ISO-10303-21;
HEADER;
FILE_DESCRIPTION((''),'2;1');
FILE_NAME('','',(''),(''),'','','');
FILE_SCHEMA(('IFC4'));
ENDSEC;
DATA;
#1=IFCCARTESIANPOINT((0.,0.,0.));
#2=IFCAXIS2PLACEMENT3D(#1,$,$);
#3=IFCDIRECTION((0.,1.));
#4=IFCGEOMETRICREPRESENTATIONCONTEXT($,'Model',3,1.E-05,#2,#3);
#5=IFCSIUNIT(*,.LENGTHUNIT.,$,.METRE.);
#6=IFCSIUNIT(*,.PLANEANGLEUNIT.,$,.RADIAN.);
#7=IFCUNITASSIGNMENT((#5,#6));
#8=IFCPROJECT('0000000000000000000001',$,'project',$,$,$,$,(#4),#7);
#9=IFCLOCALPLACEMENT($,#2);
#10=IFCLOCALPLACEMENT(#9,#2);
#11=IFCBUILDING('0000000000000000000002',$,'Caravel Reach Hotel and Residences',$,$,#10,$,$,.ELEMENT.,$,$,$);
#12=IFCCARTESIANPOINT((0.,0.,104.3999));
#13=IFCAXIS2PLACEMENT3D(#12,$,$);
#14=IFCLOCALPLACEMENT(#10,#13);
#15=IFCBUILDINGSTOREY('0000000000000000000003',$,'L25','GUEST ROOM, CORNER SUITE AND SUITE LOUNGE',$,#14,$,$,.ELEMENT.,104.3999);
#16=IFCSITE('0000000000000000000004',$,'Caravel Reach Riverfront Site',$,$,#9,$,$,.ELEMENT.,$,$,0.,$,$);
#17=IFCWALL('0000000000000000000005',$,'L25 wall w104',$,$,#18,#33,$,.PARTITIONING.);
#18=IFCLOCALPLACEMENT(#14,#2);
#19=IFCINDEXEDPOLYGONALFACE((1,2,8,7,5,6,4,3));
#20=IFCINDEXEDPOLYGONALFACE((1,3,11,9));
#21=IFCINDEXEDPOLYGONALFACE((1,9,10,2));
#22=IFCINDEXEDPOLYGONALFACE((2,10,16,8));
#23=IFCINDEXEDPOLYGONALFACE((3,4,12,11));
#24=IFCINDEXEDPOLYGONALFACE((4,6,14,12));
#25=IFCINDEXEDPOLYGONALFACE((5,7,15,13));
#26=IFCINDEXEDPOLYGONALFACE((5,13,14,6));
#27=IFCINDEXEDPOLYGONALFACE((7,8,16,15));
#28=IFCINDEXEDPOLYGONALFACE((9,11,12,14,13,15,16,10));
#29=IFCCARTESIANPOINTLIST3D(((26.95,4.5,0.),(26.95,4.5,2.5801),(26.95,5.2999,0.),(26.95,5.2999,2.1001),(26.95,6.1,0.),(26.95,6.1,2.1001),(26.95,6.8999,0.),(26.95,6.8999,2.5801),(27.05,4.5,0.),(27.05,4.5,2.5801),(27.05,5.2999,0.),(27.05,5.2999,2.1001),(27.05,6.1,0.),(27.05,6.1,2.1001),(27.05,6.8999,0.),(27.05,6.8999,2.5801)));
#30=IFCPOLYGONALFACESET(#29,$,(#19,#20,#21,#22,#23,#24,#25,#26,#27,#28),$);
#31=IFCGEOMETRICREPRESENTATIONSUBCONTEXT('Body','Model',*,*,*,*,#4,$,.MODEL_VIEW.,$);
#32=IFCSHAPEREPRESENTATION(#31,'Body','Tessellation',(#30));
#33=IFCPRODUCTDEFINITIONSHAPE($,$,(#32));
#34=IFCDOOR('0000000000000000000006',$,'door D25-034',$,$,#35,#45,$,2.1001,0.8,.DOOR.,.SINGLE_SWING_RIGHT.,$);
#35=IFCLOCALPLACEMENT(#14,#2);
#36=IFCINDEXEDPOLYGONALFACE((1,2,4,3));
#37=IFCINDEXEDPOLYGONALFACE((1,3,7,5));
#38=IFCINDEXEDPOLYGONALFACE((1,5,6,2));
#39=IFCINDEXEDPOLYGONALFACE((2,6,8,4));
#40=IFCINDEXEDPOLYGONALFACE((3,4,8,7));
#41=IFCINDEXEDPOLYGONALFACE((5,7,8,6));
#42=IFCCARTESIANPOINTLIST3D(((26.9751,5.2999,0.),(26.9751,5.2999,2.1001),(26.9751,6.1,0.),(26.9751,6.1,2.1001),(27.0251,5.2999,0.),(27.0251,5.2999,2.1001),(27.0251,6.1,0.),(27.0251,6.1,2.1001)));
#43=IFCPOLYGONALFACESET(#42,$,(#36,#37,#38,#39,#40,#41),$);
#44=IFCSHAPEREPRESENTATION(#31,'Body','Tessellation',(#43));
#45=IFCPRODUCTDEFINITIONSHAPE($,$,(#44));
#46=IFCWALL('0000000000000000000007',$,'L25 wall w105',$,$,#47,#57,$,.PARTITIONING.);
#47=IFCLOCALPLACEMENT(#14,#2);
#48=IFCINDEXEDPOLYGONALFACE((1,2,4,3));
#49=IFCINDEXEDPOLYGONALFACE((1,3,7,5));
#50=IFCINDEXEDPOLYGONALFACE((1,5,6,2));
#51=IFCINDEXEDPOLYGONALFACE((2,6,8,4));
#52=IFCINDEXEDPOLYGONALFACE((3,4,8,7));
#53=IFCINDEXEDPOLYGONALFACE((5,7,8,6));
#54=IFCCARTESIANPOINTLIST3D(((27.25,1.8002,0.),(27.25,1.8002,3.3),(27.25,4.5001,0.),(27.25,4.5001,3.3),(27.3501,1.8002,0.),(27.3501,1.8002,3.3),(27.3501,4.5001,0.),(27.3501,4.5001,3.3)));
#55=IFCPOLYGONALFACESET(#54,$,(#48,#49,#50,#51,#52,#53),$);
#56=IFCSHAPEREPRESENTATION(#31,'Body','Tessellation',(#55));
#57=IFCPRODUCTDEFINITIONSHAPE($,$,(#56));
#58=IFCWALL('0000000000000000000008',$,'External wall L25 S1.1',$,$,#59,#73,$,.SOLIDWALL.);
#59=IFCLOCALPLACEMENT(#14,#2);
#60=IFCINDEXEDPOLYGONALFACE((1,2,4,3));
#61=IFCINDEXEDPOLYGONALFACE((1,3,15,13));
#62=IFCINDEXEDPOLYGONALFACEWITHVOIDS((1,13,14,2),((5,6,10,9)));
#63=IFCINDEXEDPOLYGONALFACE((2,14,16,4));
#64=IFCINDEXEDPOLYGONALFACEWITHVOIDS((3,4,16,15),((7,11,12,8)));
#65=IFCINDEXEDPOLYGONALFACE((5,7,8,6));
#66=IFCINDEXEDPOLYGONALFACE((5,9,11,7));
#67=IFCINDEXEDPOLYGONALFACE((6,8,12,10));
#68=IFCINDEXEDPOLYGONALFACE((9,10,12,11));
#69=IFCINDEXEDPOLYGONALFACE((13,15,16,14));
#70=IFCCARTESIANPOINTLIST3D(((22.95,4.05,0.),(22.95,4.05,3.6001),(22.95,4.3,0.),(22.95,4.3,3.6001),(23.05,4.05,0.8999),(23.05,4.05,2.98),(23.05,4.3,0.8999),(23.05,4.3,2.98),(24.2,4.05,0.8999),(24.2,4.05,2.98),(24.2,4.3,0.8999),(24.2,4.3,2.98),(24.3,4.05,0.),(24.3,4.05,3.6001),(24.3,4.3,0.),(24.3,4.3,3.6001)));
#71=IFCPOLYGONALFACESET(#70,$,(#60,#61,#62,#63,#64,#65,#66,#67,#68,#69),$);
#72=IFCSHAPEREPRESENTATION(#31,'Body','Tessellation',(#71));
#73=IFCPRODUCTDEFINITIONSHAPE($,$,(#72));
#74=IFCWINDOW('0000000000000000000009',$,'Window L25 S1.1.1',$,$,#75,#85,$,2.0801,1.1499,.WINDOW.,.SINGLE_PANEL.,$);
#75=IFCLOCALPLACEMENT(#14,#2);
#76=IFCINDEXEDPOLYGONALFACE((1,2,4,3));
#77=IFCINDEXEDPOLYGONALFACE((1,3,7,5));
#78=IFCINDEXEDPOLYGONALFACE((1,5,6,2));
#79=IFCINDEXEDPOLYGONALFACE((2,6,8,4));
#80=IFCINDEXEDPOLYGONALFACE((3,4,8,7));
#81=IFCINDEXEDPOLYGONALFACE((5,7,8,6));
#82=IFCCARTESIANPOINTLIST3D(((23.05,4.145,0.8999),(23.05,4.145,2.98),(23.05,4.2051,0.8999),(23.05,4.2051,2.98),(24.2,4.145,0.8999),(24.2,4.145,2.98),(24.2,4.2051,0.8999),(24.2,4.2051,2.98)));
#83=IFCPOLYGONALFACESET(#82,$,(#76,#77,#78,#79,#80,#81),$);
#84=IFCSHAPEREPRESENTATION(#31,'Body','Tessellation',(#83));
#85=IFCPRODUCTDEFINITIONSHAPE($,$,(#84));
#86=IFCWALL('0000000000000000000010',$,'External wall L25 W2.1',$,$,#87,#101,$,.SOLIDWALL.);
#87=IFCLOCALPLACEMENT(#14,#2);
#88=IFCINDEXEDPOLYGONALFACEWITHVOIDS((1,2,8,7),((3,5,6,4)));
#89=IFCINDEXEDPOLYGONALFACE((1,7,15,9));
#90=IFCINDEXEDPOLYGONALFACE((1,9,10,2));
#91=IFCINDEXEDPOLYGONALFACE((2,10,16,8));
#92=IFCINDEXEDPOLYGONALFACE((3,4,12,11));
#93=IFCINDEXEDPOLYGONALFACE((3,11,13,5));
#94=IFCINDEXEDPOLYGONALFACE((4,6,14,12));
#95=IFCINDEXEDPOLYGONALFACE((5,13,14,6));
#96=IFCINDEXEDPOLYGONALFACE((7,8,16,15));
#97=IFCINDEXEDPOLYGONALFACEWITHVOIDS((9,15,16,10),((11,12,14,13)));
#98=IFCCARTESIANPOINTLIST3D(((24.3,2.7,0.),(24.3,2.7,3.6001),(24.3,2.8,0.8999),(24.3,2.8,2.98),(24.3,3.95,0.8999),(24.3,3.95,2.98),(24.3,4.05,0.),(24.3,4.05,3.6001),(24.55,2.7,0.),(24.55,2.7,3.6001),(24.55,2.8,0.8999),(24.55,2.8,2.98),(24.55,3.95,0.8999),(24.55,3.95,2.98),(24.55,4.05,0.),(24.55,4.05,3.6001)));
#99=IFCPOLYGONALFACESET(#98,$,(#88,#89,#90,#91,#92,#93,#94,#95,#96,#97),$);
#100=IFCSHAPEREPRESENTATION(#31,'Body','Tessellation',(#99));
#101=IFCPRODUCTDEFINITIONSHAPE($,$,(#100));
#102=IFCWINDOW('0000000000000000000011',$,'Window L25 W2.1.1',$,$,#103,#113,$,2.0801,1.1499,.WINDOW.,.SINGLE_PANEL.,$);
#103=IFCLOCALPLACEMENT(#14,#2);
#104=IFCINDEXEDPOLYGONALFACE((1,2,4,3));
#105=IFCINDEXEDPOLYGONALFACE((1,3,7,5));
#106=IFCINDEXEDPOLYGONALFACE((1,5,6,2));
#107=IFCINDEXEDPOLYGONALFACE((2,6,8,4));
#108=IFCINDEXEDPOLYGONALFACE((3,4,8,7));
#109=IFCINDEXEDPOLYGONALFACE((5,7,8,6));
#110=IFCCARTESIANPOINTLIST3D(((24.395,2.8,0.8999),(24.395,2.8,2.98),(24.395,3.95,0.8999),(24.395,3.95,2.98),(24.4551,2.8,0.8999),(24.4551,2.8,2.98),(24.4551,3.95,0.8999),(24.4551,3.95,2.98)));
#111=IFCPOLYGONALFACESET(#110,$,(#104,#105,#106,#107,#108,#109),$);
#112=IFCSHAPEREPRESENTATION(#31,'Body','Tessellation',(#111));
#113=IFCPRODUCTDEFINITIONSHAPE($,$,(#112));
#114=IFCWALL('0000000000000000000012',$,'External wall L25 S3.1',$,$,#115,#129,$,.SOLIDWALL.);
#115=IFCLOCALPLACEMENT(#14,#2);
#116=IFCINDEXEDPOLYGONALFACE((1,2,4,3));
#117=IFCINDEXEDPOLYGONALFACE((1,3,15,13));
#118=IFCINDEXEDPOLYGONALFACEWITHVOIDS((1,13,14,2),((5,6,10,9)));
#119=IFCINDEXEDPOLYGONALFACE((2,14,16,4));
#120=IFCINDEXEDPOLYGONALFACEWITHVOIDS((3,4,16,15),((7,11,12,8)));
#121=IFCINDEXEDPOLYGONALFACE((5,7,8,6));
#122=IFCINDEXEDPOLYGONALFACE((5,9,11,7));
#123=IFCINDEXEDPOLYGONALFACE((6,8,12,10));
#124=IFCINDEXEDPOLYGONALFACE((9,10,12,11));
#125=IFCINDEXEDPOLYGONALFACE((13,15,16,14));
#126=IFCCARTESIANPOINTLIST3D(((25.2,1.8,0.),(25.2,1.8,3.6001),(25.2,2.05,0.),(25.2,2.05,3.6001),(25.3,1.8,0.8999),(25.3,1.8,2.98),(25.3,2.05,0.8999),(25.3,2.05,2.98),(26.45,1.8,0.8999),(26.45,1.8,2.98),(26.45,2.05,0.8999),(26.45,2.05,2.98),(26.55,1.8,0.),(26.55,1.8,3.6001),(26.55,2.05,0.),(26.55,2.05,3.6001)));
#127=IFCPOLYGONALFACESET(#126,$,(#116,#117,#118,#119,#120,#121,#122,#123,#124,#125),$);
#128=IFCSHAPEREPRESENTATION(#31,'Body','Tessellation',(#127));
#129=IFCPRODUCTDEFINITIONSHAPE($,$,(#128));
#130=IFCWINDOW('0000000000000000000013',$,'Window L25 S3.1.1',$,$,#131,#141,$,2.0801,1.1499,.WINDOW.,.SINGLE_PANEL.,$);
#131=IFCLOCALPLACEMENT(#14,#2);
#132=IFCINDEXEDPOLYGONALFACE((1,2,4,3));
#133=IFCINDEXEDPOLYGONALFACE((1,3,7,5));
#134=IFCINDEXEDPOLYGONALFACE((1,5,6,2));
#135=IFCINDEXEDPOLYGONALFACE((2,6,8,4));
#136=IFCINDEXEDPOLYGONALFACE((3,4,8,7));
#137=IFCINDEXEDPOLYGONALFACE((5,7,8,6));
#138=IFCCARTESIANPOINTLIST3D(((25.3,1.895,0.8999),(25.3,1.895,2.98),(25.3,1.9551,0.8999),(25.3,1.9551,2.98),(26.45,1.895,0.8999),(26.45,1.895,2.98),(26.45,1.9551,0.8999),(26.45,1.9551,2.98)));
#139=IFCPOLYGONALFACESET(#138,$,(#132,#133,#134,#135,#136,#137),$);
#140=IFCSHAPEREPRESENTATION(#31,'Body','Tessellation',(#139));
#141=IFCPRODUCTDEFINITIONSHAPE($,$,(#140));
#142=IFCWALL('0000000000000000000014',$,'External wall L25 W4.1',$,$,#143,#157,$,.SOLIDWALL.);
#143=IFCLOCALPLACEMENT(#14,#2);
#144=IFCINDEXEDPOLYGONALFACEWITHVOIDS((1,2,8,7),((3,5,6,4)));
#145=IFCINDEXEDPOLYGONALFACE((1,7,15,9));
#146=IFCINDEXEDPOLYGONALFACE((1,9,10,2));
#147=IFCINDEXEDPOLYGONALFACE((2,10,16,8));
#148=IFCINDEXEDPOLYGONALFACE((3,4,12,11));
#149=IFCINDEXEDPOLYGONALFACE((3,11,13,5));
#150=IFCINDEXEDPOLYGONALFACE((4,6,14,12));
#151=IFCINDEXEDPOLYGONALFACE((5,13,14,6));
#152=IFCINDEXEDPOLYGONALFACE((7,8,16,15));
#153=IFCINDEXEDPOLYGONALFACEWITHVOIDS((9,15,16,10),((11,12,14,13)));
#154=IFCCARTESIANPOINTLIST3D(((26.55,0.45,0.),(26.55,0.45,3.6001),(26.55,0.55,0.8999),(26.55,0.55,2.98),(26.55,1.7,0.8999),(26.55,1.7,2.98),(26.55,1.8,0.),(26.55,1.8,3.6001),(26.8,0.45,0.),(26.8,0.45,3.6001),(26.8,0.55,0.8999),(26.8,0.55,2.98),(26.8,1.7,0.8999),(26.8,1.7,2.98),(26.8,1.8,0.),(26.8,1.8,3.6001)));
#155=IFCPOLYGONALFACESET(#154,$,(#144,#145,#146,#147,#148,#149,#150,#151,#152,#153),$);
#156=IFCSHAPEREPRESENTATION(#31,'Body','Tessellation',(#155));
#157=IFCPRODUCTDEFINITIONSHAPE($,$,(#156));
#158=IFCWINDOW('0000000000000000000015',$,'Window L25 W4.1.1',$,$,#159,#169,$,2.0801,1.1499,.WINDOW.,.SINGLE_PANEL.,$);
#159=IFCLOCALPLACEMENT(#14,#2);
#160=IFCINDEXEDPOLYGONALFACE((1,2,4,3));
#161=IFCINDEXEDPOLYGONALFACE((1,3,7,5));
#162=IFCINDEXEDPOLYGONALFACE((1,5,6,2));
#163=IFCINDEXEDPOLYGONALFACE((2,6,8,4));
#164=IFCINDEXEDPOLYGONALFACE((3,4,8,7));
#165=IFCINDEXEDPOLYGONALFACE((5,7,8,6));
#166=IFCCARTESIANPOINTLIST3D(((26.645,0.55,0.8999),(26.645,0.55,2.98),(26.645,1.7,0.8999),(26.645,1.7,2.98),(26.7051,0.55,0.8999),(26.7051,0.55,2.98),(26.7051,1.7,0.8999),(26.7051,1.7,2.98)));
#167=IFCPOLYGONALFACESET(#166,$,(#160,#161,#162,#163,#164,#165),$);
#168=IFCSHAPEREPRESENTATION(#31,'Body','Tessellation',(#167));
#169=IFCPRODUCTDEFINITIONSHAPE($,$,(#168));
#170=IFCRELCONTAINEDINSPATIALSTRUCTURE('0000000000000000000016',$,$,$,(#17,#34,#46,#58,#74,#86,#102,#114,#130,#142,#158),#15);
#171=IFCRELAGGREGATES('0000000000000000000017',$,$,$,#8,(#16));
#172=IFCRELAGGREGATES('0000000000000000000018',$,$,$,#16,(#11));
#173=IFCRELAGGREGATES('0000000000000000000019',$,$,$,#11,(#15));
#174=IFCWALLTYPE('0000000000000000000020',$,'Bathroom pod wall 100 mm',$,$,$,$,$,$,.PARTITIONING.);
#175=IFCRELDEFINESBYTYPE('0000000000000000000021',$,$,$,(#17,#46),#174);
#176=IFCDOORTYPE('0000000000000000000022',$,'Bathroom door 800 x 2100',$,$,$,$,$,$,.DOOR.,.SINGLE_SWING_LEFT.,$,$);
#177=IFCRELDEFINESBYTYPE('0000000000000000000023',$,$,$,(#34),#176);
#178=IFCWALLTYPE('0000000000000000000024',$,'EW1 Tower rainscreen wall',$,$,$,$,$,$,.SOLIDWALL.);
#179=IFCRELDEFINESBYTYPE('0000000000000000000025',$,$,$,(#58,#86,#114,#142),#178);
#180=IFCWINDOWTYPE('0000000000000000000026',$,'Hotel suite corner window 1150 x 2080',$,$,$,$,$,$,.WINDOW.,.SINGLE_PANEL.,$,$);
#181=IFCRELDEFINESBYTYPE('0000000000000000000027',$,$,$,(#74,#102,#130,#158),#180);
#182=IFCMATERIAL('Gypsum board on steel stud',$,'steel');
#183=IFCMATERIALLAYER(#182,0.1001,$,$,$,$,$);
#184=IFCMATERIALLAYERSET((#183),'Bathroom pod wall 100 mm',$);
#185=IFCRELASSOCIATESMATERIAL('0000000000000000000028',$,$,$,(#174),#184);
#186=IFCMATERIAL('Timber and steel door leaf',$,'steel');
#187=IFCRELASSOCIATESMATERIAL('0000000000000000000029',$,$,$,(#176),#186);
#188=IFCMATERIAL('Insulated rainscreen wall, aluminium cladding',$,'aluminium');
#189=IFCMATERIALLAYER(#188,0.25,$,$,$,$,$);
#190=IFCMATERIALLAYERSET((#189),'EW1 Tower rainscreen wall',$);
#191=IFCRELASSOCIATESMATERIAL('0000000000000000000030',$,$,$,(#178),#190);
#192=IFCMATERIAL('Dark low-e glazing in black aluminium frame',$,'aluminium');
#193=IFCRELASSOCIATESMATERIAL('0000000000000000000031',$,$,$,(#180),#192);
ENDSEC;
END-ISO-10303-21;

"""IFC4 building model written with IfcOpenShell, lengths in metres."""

from ifc_helpers import new_model, si_unit, direction, frame, frame_2d, origin, place, context, subcontext, project, spatial, rectangle, extrude, material, layer, layer_set, type_object, element, fill, save


model = new_model("IFC4")

# Units and contexts
model_context = context("Model", 3, precision=1e-05, world=origin(), true_north=direction((0.0, 1.0)))
body_context = subcontext(model_context, "Body", "Model", "MODEL_VIEW")
ifc_project = project(units=[si_unit("LENGTHUNIT", "METRE"), si_unit("PLANEANGLEUNIT", "RADIAN")], contexts=[model_context])

# Site, building, storey
site_placement = place(None, origin())
site = spatial("IfcSite", under=ifc_project, at=site_placement, Name="Caravel Reach Riverfront Site", CompositionType="ELEMENT", RefElevation=0.0)
building_placement = place(site_placement, origin())
building = spatial("IfcBuilding", under=site, at=building_placement, Name="Caravel Reach Hotel and Residences", CompositionType="ELEMENT")
storey_placement = place(building_placement, frame((0.0, 0.0, 104.3999)))
storey = spatial("IfcBuildingStorey", under=building, at=storey_placement, Name="L25", Description="GUEST ROOM, CORNER SUITE AND SUITE LOUNGE", CompositionType="ELEMENT", Elevation=104.3999)

# Shared definitions
ifc_material_1 = material(Name="Gypsum board on steel stud", Category="steel")
ifc_layer_1 = layer(ifc_material_1, 0.1001)
ifc_layer_set_1 = layer_set([ifc_layer_1], Name="Bathroom pod wall 100 mm")
wall_type_1 = type_object("IfcWallType", Name="Bathroom pod wall 100 mm", PredefinedType="PARTITIONING", material=ifc_layer_set_1)
ifc_material_2 = material(Name="Timber and steel door leaf", Category="steel")
door_type_1 = type_object("IfcDoorType", Name="Bathroom door 800 x 2100", OperationType="SINGLE_SWING_LEFT", PredefinedType="DOOR", material=ifc_material_2)

# Wall, opening, door
wall_1_placement = place(storey_placement, frame((27.0, 4.5, 0.0), z_axis=(0.0, 0.0, 1.0), x_axis=(0.0, 1.0, 0.0)))
wall_1 = element("IfcWall", 1, at=wall_1_placement, inside=storey, type_object=wall_type_1, Name="L25 wall w104", PredefinedType="PARTITIONING", context=body_context, shape_type="SweptSolid", body=[
    extrude(rectangle(XDim=2.3999, YDim=0.1001, at=frame_2d((1.2, 0.0))), origin(), (0.0, 0.0, 1.0), 2.5801),
])
opening_1_placement = place(wall_1_placement, frame((0.8, 0.0, 0.0)))
opening_1 = element("IfcOpeningElement", 2, at=opening_1_placement, cuts=wall_1, PredefinedType="OPENING", context=body_context, shape_type="SweptSolid", body=[
    extrude(rectangle(XDim=0.8, YDim=2.1001, at=frame_2d((0.3999, 1.05))), frame((0.0, 0.0601, 0.0), z_axis=(0.0, -1.0, 0.0), x_axis=(1.0, 0.0, 0.0)), (0.0, 0.0, 1.0), 0.1201),
])
door_1_placement = place(opening_1_placement, origin())
door_1 = element("IfcDoor", 3, at=door_1_placement, inside=storey, type_object=door_type_1, Name="door D25-034", OperationType="SINGLE_SWING_RIGHT", OverallHeight=2.1001, OverallWidth=0.8, PredefinedType="DOOR", context=body_context, shape_type="SweptSolid", body=[
    extrude(rectangle(XDim=0.8, YDim=2.1001, at=frame_2d((0.3999, 1.05))), frame((0.0, 0.0249, 0.0), z_axis=(0.0, -1.0, 0.0), x_axis=(1.0, 0.0, 0.0)), (0.0, 0.0, 1.0), 0.05),
])
fill(opening_1, door_1)

# Wall
wall_2_placement = place(storey_placement, frame((27.3, 1.8, 0.0), z_axis=(0.0, 0.0, 1.0), x_axis=(0.0, 1.0, 0.0)))
element("IfcWall", 4, at=wall_2_placement, inside=storey, type_object=wall_type_1, Name="L25 wall w105", PredefinedType="PARTITIONING", context=body_context, shape_type="SweptSolid", body=[
    extrude(rectangle(XDim=2.7, YDim=0.1001, at=frame_2d((1.3501, 0.0))), origin(), (0.0, 0.0, 1.0), 3.3),
])

# Walls, openings, windows
ifc_material_3 = material(Name="Insulated rainscreen wall, aluminium cladding", Category="aluminium")
ifc_layer_2 = layer(ifc_material_3, 0.25)
ifc_layer_set_2 = layer_set([ifc_layer_2], Name="EW1 Tower rainscreen wall")
wall_type_2 = type_object("IfcWallType", Name="EW1 Tower rainscreen wall", PredefinedType="SOLIDWALL", material=ifc_layer_set_2)
wall_3_placement = place(storey_placement, frame((22.95, 4.175, 0.0), z_axis=(0.0, 0.0, 1.0), x_axis=(1.0, 0.0, 0.0)))
wall_3 = element("IfcWall", 5, at=wall_3_placement, inside=storey, type_object=wall_type_2, Name="External wall L25 S1.1", PredefinedType="SOLIDWALL", context=body_context, shape_type="SweptSolid", body=[
    extrude(rectangle(XDim=1.3501, YDim=0.25, at=frame_2d((0.675, 0.0))), origin(), (0.0, 0.0, 1.0), 3.6001),
])
opening_2_placement = place(wall_3_placement, frame((0.1001, 0.0, 0.8999)))
opening_2 = element("IfcOpeningElement", 6, at=opening_2_placement, cuts=wall_3, PredefinedType="OPENING", context=body_context, shape_type="SweptSolid", body=[
    extrude(rectangle(XDim=1.1499, YDim=2.0801, at=frame_2d((0.575, 1.04))), frame((0.0, 0.135, 0.0), z_axis=(0.0, -1.0, 0.0), x_axis=(1.0, 0.0, 0.0)), (0.0, 0.0, 1.0), 0.27),
])
ifc_material_4 = material(Name="Dark low-e glazing in black aluminium frame", Category="aluminium")
window_type_1 = type_object("IfcWindowType", Name="Hotel suite corner window 1150 x 2080", PartitioningType="SINGLE_PANEL", PredefinedType="WINDOW", material=ifc_material_4)
window_1_placement = place(opening_2_placement, origin())
window_1 = element("IfcWindow", 7, at=window_1_placement, inside=storey, type_object=window_type_1, Name="Window L25 S1.1.1", OverallHeight=2.0801, OverallWidth=1.1499, PartitioningType="SINGLE_PANEL", PredefinedType="WINDOW", context=body_context, shape_type="SweptSolid", body=[
    extrude(rectangle(XDim=1.1499, YDim=2.0801, at=frame_2d((0.575, 1.04))), frame((0.0, 0.03, 0.0), z_axis=(0.0, -1.0, 0.0), x_axis=(1.0, 0.0, 0.0)), (0.0, 0.0, 1.0), 0.0601),
])
fill(opening_2, window_1)
wall_4_placement = place(storey_placement, frame((24.425, 4.05, 0.0), z_axis=(0.0, 0.0, 1.0), x_axis=(0.0, -1.0, 0.0)))
wall_4 = element("IfcWall", 8, at=wall_4_placement, inside=storey, type_object=wall_type_2, Name="External wall L25 W2.1", PredefinedType="SOLIDWALL", context=body_context, shape_type="SweptSolid", body=[
    extrude(rectangle(XDim=1.3501, YDim=0.25, at=frame_2d((0.675, 0.0))), origin(), (0.0, 0.0, 1.0), 3.6001),
])
opening_3_placement = place(wall_4_placement, frame((0.1001, 0.0, 0.8999)))
opening_3 = element("IfcOpeningElement", 9, at=opening_3_placement, cuts=wall_4, PredefinedType="OPENING", context=body_context, shape_type="SweptSolid", body=[
    extrude(rectangle(XDim=1.1499, YDim=2.0801, at=frame_2d((0.575, 1.04))), frame((0.0, 0.135, 0.0), z_axis=(0.0, -1.0, 0.0), x_axis=(1.0, 0.0, 0.0)), (0.0, 0.0, 1.0), 0.27),
])
window_2_placement = place(opening_3_placement, origin())
window_2 = element("IfcWindow", 10, at=window_2_placement, inside=storey, type_object=window_type_1, Name="Window L25 W2.1.1", OverallHeight=2.0801, OverallWidth=1.1499, PartitioningType="SINGLE_PANEL", PredefinedType="WINDOW", context=body_context, shape_type="SweptSolid", body=[
    extrude(rectangle(XDim=1.1499, YDim=2.0801, at=frame_2d((0.575, 1.04))), frame((0.0, 0.03, 0.0), z_axis=(0.0, -1.0, 0.0), x_axis=(1.0, 0.0, 0.0)), (0.0, 0.0, 1.0), 0.0601),
])
fill(opening_3, window_2)
wall_5_placement = place(storey_placement, frame((25.2, 1.925, 0.0), z_axis=(0.0, 0.0, 1.0), x_axis=(1.0, 0.0, 0.0)))
wall_5 = element("IfcWall", 11, at=wall_5_placement, inside=storey, type_object=wall_type_2, Name="External wall L25 S3.1", PredefinedType="SOLIDWALL", context=body_context, shape_type="SweptSolid", body=[
    extrude(rectangle(XDim=1.3501, YDim=0.25, at=frame_2d((0.675, 0.0))), origin(), (0.0, 0.0, 1.0), 3.6001),
])
opening_4_placement = place(wall_5_placement, frame((0.1001, 0.0, 0.8999)))
opening_4 = element("IfcOpeningElement", 12, at=opening_4_placement, cuts=wall_5, PredefinedType="OPENING", context=body_context, shape_type="SweptSolid", body=[
    extrude(rectangle(XDim=1.1499, YDim=2.0801, at=frame_2d((0.575, 1.04))), frame((0.0, 0.135, 0.0), z_axis=(0.0, -1.0, 0.0), x_axis=(1.0, 0.0, 0.0)), (0.0, 0.0, 1.0), 0.27),
])
window_3_placement = place(opening_4_placement, origin())
window_3 = element("IfcWindow", 13, at=window_3_placement, inside=storey, type_object=window_type_1, Name="Window L25 S3.1.1", OverallHeight=2.0801, OverallWidth=1.1499, PartitioningType="SINGLE_PANEL", PredefinedType="WINDOW", context=body_context, shape_type="SweptSolid", body=[
    extrude(rectangle(XDim=1.1499, YDim=2.0801, at=frame_2d((0.575, 1.04))), frame((0.0, 0.03, 0.0), z_axis=(0.0, -1.0, 0.0), x_axis=(1.0, 0.0, 0.0)), (0.0, 0.0, 1.0), 0.0601),
])
fill(opening_4, window_3)
wall_6_placement = place(storey_placement, frame((26.675, 1.8, 0.0), z_axis=(0.0, 0.0, 1.0), x_axis=(0.0, -1.0, 0.0)))
wall_6 = element("IfcWall", 14, at=wall_6_placement, inside=storey, type_object=wall_type_2, Name="External wall L25 W4.1", PredefinedType="SOLIDWALL", context=body_context, shape_type="SweptSolid", body=[
    extrude(rectangle(XDim=1.3501, YDim=0.25, at=frame_2d((0.675, 0.0))), origin(), (0.0, 0.0, 1.0), 3.6001),
])
opening_5_placement = place(wall_6_placement, frame((0.1001, 0.0, 0.8999)))
opening_5 = element("IfcOpeningElement", 15, at=opening_5_placement, cuts=wall_6, PredefinedType="OPENING", context=body_context, shape_type="SweptSolid", body=[
    extrude(rectangle(XDim=1.1499, YDim=2.0801, at=frame_2d((0.575, 1.04))), frame((0.0, 0.135, 0.0), z_axis=(0.0, -1.0, 0.0), x_axis=(1.0, 0.0, 0.0)), (0.0, 0.0, 1.0), 0.27),
])
window_4_placement = place(opening_5_placement, origin())
window_4 = element("IfcWindow", 16, at=window_4_placement, inside=storey, type_object=window_type_1, Name="Window L25 W4.1.1", OverallHeight=2.0801, OverallWidth=1.1499, PartitioningType="SINGLE_PANEL", PredefinedType="WINDOW", context=body_context, shape_type="SweptSolid", body=[
    extrude(rectangle(XDim=1.1499, YDim=2.0801, at=frame_2d((0.575, 1.04))), frame((0.0, 0.03, 0.0), z_axis=(0.0, -1.0, 0.0), x_axis=(1.0, 0.0, 0.0)), (0.0, 0.0, 1.0), 0.0601),
])
fill(opening_5, window_4)

save(model, "model.ifc")
